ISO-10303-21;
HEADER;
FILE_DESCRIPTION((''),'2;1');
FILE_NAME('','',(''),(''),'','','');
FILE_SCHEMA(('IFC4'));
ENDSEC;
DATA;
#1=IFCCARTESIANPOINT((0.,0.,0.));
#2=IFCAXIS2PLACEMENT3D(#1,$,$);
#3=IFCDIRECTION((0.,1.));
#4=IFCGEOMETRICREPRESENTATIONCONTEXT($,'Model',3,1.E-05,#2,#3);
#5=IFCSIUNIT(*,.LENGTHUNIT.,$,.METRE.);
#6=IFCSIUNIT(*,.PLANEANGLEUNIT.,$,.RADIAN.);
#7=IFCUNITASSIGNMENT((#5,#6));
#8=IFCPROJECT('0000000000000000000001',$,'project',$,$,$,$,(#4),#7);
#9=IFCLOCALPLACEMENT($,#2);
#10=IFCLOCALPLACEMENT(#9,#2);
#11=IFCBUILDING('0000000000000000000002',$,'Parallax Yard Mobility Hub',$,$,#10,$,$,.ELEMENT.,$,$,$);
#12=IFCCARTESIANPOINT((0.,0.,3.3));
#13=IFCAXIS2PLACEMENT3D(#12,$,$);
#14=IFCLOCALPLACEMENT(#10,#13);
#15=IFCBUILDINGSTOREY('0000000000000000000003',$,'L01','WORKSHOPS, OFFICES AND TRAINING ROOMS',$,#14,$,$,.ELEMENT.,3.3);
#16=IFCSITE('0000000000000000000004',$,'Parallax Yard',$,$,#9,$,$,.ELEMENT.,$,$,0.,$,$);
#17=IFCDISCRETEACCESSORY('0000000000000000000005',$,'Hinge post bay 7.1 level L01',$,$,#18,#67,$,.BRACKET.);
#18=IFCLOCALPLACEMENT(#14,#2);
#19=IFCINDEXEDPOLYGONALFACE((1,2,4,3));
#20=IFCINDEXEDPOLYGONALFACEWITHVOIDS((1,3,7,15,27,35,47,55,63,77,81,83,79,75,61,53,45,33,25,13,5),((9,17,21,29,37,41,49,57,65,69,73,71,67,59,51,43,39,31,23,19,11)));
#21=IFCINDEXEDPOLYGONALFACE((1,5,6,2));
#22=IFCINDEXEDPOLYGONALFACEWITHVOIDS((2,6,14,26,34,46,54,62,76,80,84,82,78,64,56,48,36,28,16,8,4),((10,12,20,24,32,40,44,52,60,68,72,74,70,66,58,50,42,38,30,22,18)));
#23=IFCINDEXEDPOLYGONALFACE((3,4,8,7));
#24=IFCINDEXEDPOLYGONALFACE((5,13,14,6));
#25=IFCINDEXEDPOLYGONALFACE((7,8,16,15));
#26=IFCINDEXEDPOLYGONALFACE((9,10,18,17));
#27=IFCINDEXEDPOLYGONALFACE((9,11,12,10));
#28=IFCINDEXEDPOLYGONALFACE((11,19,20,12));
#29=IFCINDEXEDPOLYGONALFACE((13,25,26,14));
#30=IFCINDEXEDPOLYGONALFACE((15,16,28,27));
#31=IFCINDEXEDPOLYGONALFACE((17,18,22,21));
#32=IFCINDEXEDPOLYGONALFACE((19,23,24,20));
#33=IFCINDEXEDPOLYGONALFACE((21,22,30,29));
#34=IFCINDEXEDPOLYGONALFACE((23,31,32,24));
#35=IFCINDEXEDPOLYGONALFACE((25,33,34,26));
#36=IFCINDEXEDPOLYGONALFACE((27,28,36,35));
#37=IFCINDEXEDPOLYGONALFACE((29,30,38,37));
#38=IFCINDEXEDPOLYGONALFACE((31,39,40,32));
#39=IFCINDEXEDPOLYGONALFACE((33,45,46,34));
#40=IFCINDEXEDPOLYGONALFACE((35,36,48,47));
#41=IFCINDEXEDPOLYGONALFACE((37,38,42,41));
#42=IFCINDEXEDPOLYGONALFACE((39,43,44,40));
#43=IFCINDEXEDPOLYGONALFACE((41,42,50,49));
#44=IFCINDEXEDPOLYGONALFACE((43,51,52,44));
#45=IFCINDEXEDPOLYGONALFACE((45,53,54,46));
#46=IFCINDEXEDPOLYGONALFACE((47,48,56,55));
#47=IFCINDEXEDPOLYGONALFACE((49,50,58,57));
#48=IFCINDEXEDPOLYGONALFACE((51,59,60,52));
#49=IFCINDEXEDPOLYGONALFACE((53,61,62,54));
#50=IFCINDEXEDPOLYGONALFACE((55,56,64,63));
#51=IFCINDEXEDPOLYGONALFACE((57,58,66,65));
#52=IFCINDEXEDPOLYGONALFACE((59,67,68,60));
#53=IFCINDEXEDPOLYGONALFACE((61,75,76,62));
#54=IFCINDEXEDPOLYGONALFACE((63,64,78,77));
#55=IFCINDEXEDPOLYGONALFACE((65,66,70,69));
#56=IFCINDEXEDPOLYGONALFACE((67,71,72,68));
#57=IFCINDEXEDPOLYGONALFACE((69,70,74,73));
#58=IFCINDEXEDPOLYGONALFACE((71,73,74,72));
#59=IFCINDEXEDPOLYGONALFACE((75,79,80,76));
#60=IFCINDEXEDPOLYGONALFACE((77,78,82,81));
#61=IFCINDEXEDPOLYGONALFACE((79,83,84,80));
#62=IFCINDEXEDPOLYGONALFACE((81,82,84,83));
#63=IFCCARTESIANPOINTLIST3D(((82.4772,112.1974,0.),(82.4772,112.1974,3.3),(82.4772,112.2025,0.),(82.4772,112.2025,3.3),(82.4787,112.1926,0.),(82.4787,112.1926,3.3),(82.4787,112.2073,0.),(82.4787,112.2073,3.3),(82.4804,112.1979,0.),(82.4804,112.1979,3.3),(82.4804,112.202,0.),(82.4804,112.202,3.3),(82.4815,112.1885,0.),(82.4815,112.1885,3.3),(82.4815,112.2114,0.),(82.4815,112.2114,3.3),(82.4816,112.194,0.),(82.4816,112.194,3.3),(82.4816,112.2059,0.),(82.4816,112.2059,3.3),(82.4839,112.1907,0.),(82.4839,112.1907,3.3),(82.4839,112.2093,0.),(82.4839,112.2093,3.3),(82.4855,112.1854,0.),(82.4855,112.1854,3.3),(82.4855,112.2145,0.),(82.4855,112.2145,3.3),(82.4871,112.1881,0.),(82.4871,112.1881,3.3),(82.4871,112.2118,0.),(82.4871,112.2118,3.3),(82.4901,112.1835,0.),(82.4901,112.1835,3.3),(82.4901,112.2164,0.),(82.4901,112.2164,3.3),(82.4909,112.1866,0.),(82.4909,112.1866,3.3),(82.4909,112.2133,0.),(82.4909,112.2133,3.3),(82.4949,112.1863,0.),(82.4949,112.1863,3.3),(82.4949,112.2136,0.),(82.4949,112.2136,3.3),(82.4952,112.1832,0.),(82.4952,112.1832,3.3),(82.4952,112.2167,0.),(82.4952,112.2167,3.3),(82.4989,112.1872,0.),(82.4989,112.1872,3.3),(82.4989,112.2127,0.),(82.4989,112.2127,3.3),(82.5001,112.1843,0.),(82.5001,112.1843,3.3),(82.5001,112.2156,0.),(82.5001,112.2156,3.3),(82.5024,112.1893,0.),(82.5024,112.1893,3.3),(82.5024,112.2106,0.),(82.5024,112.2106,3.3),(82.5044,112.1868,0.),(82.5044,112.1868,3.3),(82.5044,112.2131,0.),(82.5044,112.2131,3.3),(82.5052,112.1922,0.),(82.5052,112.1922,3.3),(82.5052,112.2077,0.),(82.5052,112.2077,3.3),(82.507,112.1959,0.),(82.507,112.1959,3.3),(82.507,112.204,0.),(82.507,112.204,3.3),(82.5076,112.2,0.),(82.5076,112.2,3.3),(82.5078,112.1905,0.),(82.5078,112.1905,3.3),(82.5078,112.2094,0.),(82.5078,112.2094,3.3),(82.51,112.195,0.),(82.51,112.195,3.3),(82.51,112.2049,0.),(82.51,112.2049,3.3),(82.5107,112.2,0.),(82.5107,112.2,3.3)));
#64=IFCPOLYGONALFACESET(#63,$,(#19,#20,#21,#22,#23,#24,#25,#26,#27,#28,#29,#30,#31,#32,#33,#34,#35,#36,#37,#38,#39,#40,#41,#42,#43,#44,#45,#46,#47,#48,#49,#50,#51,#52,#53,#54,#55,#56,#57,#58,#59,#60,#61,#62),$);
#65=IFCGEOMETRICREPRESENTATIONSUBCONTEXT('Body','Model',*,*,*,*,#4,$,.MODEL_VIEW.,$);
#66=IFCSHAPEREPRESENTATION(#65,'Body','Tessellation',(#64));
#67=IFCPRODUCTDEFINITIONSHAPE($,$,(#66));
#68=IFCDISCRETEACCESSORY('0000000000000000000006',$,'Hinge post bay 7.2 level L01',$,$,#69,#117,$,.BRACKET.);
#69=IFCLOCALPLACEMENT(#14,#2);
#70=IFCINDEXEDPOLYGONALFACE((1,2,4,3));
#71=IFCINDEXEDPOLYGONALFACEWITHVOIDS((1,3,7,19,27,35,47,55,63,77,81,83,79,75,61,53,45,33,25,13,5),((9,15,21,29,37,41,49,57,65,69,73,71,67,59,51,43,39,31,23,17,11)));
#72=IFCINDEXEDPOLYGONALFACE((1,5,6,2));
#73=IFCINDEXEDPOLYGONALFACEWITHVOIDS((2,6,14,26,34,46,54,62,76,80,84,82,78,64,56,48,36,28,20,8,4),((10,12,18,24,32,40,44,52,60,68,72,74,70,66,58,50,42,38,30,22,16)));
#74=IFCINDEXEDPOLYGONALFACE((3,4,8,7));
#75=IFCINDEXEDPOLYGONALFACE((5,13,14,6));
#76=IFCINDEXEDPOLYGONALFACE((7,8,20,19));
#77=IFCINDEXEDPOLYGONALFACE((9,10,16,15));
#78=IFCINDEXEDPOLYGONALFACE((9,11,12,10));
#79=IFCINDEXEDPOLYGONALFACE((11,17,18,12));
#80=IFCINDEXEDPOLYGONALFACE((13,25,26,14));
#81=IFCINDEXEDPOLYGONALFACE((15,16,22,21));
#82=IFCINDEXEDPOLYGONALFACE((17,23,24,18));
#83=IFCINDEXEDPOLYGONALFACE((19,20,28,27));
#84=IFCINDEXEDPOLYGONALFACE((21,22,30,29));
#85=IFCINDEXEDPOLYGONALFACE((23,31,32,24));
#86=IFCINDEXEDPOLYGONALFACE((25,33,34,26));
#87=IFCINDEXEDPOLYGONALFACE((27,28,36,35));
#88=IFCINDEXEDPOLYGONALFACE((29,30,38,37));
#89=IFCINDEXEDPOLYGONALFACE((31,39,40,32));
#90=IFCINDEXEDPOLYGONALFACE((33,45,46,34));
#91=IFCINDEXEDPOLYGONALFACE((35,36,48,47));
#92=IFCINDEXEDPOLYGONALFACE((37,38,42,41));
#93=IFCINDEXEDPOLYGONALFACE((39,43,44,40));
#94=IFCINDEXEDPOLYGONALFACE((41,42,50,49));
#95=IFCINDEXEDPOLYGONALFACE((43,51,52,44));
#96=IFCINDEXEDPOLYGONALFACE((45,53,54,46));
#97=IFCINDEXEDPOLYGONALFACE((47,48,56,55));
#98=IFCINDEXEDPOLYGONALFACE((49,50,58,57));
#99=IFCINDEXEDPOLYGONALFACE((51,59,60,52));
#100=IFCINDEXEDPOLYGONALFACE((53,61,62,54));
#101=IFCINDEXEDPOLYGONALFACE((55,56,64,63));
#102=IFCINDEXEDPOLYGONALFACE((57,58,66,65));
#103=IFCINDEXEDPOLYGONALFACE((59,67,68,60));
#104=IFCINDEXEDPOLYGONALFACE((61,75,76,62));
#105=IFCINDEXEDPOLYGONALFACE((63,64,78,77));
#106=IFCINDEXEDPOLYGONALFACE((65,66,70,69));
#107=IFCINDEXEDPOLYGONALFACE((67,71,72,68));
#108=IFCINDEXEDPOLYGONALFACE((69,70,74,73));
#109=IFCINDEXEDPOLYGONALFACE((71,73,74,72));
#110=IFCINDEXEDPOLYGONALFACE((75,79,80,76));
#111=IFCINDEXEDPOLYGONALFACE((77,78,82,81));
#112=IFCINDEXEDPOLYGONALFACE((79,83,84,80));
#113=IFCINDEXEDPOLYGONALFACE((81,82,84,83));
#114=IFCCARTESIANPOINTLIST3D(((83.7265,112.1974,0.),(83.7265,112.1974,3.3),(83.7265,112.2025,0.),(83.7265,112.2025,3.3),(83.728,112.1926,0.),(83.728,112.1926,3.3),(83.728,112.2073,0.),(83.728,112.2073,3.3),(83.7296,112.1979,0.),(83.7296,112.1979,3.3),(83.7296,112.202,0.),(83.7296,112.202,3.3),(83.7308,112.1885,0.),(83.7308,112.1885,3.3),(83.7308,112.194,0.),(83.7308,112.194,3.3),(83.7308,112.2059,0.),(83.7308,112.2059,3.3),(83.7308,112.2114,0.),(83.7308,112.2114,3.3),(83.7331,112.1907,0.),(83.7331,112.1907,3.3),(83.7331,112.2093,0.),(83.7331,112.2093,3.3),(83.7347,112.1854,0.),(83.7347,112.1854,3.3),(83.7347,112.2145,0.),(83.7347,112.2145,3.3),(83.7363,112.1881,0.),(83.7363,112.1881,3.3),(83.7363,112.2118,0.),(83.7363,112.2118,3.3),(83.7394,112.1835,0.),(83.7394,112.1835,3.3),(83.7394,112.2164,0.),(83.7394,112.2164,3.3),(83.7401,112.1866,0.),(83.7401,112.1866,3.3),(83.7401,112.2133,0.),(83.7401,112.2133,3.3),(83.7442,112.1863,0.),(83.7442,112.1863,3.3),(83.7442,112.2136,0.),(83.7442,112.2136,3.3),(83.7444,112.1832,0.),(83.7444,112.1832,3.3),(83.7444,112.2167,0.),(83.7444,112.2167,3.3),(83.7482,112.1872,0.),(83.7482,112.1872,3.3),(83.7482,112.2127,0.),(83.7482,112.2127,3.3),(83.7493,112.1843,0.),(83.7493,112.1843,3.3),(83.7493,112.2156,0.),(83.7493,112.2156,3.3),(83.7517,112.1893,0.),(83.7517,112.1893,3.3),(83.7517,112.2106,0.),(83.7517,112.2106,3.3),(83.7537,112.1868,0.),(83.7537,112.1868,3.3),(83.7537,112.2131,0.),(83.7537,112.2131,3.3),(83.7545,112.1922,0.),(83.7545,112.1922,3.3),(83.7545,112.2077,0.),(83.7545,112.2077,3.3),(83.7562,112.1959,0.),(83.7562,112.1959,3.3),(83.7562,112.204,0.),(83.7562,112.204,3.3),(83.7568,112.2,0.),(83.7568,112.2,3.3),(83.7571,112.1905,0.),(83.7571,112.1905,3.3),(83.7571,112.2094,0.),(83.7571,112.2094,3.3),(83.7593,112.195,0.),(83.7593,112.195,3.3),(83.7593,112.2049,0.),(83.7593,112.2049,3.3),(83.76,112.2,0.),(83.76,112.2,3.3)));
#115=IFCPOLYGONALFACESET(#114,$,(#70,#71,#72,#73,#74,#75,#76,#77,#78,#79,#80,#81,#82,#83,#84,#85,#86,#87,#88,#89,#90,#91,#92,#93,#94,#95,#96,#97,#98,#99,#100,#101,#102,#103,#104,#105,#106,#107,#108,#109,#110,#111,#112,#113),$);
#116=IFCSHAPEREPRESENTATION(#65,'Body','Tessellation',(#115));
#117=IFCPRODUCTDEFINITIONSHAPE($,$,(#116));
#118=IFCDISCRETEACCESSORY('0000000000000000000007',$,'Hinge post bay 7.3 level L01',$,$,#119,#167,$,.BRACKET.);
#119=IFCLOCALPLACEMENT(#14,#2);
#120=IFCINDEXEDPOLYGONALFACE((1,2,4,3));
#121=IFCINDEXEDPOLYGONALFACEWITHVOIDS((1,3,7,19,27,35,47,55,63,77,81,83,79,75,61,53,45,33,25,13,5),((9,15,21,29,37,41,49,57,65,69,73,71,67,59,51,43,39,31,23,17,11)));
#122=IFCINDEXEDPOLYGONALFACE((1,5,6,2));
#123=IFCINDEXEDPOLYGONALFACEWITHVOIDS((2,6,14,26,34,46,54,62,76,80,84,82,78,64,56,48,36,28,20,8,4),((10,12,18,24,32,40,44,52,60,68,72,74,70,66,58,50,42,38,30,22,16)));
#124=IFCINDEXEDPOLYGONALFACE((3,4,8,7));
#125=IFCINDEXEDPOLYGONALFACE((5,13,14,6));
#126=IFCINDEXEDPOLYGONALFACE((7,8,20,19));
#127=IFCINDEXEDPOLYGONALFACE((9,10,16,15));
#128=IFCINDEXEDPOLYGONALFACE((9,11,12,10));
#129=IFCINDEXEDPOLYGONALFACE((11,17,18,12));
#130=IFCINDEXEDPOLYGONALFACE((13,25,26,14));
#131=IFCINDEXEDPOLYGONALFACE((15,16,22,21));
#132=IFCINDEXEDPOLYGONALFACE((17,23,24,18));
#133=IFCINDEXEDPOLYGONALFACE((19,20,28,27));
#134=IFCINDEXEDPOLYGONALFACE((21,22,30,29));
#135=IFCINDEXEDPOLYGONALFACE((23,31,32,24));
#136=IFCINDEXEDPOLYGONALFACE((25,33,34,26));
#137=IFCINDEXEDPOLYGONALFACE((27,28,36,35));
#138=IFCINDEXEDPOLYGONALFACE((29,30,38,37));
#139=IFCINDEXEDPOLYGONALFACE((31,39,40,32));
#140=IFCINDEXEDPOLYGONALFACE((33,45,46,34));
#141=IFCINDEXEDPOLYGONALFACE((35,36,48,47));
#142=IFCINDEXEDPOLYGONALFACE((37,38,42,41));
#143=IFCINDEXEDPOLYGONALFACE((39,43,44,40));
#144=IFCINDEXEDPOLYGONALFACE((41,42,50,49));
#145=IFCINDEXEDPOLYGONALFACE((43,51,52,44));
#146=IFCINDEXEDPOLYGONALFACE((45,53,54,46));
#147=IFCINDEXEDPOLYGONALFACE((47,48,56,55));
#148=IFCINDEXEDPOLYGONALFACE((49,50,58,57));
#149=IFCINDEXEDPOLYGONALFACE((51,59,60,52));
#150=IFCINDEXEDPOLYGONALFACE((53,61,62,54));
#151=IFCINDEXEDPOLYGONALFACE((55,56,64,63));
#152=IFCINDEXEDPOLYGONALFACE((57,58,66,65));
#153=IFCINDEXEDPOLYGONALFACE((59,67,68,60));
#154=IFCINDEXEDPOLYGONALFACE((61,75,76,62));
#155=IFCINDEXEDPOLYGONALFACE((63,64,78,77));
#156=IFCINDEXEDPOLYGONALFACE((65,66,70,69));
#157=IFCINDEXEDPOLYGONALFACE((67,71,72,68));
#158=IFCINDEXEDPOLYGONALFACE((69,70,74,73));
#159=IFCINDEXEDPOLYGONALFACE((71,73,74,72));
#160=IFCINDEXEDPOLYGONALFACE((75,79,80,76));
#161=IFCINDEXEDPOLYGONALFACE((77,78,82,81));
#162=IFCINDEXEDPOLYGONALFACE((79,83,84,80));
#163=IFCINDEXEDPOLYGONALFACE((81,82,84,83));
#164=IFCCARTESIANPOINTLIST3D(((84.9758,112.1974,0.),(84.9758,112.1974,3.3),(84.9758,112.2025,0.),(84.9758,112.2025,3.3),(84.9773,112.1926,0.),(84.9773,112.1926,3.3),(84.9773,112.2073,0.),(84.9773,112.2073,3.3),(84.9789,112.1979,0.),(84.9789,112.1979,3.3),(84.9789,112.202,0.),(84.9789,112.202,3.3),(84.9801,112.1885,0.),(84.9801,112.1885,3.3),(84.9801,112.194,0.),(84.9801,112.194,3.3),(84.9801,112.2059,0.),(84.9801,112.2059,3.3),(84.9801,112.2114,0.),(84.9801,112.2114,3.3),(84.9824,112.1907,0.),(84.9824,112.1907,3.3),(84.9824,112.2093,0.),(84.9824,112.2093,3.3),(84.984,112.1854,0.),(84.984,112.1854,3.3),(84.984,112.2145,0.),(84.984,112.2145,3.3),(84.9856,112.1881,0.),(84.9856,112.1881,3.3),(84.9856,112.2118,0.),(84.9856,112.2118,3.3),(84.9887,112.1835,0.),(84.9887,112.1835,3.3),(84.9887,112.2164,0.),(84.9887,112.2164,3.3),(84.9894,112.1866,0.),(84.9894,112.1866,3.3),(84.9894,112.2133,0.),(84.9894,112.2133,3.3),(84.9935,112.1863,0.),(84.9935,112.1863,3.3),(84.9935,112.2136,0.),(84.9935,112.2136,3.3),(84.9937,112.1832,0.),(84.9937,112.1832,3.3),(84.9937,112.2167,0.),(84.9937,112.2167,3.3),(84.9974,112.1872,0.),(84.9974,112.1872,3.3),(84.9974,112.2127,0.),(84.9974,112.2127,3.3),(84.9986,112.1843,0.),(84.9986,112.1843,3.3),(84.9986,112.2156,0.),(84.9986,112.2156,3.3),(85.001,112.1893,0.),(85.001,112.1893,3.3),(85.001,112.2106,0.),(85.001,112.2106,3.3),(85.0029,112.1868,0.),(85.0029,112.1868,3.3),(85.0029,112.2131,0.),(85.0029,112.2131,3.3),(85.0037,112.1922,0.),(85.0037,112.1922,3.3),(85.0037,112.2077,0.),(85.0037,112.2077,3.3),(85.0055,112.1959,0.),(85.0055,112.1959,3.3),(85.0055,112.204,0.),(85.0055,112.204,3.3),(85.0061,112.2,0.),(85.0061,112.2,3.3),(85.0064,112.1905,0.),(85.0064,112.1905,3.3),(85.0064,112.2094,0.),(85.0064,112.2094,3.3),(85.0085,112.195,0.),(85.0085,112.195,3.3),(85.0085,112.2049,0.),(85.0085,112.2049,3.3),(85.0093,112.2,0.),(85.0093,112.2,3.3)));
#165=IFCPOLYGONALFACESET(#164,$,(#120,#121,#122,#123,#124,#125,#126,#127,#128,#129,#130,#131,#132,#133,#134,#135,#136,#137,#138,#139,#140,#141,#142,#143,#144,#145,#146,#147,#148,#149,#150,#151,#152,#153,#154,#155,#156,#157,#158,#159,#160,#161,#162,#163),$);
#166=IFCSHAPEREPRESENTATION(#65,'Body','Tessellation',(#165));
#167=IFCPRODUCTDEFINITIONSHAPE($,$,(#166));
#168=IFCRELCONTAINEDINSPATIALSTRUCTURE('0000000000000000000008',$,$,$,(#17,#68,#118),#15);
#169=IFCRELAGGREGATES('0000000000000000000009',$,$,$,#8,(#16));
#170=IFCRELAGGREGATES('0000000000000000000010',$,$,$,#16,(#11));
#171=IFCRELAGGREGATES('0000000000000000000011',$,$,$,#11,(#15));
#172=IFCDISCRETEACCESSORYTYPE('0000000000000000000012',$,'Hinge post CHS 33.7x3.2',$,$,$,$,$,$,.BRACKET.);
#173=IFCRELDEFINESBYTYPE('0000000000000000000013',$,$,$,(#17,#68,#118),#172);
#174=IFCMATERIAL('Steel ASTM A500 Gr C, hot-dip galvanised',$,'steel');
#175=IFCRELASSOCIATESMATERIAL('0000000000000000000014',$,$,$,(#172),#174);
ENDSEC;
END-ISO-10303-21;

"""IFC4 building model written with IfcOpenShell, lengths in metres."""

from ifc_helpers import new_model, si_unit, direction, frame, origin, origin_2d, place, context, subcontext, project, spatial, hollow_circle, extrude, material, material_profile, profile_set, type_object, element, save


model = new_model("IFC4")

# Units and contexts
model_context = context("Model", 3, precision=1e-05, world=origin(), true_north=direction((0.0, 1.0)))
body_context = subcontext(model_context, "Body", "Model", "MODEL_VIEW")
ifc_project = project(units=[si_unit("LENGTHUNIT", "METRE"), si_unit("PLANEANGLEUNIT", "RADIAN")], contexts=[model_context])

# Site, building, storey
site_placement = place(None, origin())
site = spatial("IfcSite", under=ifc_project, at=site_placement, Name="Parallax Yard", CompositionType="ELEMENT", RefElevation=0.0)
building_placement = place(site_placement, origin())
building = spatial("IfcBuilding", under=site, at=building_placement, Name="Parallax Yard Mobility Hub", CompositionType="ELEMENT")
storey_placement = place(building_placement, frame((0.0, 0.0, 3.3)))
storey = spatial("IfcBuildingStorey", under=building, at=storey_placement, Name="L01", Description="WORKSHOPS, OFFICES AND TRAINING ROOMS", CompositionType="ELEMENT", Elevation=3.3)

# Discrete accessories
ifc_material_1 = material(Name="Steel ASTM A500 Gr C, hot-dip galvanised", Category="steel")
ifc_material_profile_1 = material_profile(ifc_material_1, hollow_circle(Radius=0.0168, WallThickness=0.0032, at=origin_2d()), Name="CHS 33.7x3.2")
ifc_profile_set_1 = profile_set([ifc_material_profile_1], Name="Steel ASTM A500 Gr C, hot-dip galvanised")
discrete_accessory_type_1 = type_object("IfcDiscreteAccessoryType", Name="Hinge post CHS 33.7x3.2", PredefinedType="BRACKET", material=ifc_profile_set_1)
for number, where, z_axis, x_axis, name in (
    (1, (82.4939, 112.2, 0.0), (0.0, 0.0, 1.0), (1.0, 0.0, 0.0), "Hinge post bay 7.1 level L01"),
    (2, (83.7432, 112.2, 0.0), (0.0, 0.0, 1.0), (1.0, 0.0, 0.0), "Hinge post bay 7.2 level L01"),
    (3, (84.9924, 112.2, 0.0), (0.0, 0.0, 1.0), (1.0, 0.0, 0.0), "Hinge post bay 7.3 level L01"),
):
    element("IfcDiscreteAccessory", number, at=place(storey_placement, frame(where, z_axis=z_axis, x_axis=x_axis)), inside=storey, type_object=discrete_accessory_type_1, Name=name, PredefinedType="BRACKET", context=body_context, shape_type="SweptSolid", body=[
        extrude(hollow_circle(Radius=0.0168, WallThickness=0.0032, at=origin_2d()), origin(), (0.0, 0.0, 1.0), 3.3),
    ])

save(model, "model.ifc")
